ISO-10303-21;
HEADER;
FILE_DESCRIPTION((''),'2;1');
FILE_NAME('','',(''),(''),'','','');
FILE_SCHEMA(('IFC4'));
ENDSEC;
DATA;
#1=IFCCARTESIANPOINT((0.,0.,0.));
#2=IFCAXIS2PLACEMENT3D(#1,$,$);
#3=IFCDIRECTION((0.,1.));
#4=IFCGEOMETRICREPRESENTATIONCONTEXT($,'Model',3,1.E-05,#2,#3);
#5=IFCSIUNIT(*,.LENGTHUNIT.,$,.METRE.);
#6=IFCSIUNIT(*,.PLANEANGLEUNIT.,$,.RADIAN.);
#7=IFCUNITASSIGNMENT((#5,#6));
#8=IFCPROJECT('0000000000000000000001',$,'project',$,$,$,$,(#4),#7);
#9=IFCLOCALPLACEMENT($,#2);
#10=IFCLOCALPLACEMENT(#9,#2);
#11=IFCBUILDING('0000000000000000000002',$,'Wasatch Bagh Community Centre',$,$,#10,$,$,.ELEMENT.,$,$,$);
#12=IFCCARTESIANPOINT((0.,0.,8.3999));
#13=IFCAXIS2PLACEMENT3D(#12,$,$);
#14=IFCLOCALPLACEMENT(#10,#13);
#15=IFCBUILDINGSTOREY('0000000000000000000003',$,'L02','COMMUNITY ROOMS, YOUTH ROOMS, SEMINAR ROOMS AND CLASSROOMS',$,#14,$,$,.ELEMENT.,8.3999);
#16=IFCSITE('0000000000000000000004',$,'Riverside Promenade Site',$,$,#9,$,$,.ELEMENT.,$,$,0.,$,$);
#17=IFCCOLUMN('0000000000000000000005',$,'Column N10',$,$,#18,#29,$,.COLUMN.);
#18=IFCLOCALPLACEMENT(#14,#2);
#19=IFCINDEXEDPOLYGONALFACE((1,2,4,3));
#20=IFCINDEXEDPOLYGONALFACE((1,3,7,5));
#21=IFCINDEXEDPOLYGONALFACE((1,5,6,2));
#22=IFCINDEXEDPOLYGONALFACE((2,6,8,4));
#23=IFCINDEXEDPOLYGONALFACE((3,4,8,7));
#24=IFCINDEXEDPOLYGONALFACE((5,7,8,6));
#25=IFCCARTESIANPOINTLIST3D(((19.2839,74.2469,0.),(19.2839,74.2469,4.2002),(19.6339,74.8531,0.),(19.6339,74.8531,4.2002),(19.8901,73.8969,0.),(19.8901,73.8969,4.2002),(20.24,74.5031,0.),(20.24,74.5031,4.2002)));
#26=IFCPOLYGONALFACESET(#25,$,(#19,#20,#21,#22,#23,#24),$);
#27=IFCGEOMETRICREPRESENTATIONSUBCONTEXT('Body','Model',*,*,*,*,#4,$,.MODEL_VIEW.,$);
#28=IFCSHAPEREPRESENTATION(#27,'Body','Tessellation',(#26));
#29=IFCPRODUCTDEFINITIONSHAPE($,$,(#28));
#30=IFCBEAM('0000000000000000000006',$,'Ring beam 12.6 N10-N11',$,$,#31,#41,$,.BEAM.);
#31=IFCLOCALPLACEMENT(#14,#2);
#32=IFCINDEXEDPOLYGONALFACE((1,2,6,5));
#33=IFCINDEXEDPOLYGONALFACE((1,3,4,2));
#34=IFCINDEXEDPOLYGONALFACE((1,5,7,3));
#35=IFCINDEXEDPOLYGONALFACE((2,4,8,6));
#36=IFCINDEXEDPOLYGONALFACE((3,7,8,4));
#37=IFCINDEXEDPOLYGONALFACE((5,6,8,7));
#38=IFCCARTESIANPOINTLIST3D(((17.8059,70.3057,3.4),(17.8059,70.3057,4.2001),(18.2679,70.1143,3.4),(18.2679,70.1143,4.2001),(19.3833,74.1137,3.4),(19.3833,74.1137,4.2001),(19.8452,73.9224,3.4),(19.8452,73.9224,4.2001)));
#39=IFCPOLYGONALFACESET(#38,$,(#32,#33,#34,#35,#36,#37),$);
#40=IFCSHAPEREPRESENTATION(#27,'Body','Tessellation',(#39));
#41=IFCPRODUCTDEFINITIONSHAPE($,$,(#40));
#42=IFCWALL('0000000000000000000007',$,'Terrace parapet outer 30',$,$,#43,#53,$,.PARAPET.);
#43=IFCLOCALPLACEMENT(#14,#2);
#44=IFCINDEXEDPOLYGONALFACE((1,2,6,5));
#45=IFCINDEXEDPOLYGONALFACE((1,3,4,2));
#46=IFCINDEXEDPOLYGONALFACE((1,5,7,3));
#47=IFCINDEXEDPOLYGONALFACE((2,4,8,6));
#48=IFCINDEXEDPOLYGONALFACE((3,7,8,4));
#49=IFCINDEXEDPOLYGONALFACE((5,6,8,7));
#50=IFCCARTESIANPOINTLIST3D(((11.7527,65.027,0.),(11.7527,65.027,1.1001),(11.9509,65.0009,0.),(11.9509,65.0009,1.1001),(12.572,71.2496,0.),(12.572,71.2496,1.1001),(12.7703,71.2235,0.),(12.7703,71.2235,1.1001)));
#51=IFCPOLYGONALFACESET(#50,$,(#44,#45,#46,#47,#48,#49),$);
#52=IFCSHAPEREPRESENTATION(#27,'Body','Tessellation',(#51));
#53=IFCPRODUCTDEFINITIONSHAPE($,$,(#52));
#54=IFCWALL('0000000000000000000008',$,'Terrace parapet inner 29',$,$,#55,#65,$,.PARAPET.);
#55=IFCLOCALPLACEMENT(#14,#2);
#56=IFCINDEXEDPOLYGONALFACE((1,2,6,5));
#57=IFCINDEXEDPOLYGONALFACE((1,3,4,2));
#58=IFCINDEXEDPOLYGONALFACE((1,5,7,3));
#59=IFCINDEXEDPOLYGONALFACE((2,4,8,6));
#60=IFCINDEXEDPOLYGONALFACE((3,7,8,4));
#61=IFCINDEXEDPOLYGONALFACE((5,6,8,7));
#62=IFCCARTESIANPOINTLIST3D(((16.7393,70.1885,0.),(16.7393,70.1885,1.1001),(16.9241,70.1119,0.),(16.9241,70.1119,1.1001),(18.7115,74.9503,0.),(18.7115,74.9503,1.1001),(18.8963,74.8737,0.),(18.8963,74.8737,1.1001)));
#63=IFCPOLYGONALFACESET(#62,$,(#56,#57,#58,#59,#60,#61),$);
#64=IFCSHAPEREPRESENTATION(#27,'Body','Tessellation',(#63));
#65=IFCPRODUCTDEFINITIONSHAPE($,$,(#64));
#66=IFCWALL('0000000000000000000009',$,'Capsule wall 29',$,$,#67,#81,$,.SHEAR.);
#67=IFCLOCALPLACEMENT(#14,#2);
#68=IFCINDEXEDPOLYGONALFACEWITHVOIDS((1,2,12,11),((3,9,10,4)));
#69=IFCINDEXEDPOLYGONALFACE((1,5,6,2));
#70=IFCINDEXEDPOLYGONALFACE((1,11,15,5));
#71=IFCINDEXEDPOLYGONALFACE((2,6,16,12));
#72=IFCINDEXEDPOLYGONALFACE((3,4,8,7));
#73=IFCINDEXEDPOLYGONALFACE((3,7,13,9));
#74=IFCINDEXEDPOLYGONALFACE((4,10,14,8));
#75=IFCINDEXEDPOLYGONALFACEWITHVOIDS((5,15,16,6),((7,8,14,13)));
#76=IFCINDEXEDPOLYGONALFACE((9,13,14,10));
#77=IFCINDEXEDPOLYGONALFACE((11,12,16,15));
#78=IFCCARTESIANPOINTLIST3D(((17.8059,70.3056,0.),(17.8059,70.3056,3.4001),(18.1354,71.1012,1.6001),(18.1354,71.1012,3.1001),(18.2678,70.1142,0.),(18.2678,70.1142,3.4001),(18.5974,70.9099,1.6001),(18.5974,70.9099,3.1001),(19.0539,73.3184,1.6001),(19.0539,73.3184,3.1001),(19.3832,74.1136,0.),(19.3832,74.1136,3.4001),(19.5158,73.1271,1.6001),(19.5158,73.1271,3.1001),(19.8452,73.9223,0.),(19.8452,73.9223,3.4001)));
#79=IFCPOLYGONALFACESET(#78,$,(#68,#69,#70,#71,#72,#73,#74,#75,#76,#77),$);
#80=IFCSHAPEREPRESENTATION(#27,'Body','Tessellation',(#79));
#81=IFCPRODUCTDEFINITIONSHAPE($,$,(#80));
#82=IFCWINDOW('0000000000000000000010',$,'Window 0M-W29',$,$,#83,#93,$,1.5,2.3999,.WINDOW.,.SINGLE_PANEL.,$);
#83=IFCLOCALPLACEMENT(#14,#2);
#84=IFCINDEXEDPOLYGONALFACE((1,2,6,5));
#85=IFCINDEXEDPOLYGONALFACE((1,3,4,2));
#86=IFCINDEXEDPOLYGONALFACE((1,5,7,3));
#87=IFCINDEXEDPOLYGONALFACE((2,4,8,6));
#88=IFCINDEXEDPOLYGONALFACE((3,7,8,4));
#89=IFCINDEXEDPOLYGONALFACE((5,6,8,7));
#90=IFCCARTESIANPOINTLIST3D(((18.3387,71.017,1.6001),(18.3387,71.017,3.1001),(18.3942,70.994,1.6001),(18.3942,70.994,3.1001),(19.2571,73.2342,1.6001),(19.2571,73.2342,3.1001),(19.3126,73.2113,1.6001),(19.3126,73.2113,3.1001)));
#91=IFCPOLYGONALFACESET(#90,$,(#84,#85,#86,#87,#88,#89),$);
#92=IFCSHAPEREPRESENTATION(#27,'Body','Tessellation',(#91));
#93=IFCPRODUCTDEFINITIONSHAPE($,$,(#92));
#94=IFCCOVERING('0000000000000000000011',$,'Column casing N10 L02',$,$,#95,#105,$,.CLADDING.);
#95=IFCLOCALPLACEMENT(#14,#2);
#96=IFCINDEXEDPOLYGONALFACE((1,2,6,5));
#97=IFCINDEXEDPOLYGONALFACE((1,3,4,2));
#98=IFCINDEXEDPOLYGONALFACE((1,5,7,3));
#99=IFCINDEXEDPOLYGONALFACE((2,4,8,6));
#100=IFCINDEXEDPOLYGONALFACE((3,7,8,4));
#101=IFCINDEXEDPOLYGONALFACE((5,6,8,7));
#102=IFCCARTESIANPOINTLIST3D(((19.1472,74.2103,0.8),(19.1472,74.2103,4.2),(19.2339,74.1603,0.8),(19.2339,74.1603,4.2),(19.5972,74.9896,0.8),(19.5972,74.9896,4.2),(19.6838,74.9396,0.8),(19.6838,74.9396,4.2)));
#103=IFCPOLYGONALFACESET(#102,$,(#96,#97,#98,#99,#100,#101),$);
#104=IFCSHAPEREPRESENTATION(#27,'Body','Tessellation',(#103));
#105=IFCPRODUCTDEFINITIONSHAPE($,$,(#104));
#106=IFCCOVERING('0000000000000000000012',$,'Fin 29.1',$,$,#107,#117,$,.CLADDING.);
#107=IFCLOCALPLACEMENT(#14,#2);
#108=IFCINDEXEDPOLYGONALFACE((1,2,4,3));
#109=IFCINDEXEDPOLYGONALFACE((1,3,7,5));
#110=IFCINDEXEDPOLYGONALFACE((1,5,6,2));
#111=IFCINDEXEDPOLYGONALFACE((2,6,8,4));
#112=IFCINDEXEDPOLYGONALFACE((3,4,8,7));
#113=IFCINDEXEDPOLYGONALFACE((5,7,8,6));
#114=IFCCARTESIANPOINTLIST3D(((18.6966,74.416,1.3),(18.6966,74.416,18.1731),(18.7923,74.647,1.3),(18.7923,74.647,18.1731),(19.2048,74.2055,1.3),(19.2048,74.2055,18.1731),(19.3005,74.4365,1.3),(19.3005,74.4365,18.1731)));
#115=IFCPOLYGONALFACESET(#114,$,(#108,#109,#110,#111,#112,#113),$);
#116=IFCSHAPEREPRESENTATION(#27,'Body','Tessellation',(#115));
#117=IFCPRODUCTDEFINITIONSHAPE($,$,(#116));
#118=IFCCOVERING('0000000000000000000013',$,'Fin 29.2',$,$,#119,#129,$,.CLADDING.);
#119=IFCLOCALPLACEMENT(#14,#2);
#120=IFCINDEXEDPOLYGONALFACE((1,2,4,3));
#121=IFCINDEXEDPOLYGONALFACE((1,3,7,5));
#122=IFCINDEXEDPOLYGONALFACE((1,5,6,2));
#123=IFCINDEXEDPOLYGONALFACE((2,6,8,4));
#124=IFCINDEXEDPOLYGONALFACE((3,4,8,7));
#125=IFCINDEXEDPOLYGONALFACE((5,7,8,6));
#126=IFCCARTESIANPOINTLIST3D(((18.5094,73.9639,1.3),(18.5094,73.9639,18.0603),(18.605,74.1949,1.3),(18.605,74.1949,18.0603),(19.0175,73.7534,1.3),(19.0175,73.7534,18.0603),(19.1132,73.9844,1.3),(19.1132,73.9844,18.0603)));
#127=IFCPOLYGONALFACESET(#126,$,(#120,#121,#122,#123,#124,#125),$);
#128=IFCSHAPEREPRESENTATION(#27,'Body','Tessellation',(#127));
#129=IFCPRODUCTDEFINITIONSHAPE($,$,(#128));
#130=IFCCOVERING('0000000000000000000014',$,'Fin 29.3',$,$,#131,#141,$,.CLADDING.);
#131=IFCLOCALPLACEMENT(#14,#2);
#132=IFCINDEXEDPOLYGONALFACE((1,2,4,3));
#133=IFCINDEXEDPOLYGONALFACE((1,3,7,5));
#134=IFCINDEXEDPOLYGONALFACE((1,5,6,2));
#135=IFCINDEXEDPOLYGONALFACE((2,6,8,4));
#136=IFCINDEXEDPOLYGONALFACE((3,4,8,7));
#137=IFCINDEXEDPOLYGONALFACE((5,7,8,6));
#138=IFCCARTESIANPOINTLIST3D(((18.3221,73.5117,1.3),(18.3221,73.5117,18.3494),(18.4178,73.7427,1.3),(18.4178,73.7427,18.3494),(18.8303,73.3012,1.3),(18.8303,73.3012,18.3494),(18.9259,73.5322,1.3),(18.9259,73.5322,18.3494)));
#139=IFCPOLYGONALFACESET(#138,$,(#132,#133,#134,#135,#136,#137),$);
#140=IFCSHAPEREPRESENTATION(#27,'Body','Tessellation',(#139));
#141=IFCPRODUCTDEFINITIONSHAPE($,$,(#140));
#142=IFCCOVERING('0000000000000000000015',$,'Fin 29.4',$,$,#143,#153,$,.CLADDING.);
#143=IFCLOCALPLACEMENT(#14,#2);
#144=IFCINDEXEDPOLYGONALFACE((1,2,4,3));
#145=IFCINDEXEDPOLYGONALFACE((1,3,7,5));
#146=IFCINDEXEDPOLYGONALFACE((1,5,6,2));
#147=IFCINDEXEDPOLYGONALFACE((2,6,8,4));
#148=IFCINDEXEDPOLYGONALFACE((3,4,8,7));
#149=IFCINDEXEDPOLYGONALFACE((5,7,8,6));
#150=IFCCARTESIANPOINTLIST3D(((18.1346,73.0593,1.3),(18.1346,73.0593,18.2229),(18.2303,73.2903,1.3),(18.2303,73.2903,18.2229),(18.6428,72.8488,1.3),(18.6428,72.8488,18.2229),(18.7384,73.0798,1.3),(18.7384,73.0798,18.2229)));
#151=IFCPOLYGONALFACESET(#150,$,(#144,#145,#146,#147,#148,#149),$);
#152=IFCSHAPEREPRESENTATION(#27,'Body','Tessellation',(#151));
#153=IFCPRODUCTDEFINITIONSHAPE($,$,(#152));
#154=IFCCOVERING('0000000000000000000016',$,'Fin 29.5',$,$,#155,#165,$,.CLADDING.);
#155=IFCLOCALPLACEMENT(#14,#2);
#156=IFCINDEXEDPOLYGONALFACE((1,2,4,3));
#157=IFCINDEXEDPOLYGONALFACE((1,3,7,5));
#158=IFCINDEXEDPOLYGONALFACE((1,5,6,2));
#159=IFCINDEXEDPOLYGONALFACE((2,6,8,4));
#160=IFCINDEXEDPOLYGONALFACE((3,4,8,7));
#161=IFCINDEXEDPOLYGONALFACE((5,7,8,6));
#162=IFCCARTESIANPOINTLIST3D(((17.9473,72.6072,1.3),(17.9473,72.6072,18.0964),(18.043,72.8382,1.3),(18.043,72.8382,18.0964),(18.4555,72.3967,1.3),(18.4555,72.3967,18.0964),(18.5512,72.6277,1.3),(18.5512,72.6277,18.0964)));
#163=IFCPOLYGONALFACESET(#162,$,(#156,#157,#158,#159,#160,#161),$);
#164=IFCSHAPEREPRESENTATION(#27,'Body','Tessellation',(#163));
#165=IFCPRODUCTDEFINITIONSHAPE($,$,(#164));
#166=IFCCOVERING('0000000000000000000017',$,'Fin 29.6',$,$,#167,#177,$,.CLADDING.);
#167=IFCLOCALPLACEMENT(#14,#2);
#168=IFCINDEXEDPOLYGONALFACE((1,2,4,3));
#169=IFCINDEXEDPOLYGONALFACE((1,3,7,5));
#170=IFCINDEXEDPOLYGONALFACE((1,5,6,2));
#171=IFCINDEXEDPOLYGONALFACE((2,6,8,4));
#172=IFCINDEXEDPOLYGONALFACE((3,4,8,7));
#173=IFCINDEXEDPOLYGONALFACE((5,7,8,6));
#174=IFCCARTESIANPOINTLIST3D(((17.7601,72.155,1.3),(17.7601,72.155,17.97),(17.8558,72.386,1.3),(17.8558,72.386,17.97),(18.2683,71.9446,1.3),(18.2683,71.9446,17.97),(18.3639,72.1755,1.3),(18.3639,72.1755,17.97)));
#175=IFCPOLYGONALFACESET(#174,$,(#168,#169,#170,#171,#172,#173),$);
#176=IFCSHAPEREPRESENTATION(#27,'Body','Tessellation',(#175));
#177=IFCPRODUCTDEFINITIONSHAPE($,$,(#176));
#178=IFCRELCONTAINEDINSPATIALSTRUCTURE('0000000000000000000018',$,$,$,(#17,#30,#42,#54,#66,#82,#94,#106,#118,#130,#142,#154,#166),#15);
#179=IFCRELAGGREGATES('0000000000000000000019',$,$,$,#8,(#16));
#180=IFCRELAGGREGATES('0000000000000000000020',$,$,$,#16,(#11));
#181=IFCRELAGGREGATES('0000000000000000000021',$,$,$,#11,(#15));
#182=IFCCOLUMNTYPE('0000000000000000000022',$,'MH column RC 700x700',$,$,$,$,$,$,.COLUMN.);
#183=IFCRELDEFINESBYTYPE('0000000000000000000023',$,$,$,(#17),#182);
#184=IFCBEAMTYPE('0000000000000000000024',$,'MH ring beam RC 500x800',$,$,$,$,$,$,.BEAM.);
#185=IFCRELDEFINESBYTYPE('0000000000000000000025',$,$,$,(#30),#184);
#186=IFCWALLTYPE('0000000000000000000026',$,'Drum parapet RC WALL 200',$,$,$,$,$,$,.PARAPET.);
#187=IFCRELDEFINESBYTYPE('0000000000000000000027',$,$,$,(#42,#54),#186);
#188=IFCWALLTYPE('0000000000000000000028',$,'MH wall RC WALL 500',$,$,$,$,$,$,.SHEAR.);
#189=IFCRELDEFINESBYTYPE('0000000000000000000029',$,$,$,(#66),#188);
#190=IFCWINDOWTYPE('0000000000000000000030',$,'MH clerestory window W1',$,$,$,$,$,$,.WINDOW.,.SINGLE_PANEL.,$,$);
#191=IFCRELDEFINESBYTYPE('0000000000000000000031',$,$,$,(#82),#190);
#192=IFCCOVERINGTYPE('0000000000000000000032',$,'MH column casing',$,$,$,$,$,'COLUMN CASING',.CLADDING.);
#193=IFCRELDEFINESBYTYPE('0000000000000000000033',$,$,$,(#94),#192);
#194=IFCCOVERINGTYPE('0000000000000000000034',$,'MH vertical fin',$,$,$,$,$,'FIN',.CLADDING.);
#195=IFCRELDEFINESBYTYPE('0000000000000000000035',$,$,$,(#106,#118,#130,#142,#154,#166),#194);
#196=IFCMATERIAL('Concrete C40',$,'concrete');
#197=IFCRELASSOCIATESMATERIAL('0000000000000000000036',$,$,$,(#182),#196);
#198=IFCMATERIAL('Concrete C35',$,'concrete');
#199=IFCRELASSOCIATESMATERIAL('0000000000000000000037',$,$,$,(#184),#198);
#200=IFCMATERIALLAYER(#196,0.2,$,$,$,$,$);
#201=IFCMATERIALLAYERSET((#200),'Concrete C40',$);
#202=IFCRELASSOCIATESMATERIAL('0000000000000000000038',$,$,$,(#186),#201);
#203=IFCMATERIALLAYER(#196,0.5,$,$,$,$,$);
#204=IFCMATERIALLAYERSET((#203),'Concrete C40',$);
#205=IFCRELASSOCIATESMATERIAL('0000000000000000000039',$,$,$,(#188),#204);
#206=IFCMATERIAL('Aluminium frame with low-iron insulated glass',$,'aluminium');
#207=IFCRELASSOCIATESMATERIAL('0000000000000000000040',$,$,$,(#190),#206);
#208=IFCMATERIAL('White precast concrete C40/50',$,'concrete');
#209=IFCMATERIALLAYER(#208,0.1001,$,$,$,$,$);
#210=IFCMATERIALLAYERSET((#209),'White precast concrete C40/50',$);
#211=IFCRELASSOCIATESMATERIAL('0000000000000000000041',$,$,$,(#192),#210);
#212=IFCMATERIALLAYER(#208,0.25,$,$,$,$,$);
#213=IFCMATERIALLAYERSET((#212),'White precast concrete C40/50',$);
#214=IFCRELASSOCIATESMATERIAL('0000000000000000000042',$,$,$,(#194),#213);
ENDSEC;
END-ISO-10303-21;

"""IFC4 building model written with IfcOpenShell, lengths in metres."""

from ifc_helpers import new_model, si_unit, direction, frame, frame_2d, origin, origin_2d, place, context, subcontext, project, spatial, rectangle, extrude, material, layer, layer_set, material_profile, profile_set, type_object, element, fill, save


model = new_model("IFC4")

# Units and contexts
model_context = context("Model", 3, precision=1e-05, world=origin(), true_north=direction((0.0, 1.0)))
body_context = subcontext(model_context, "Body", "Model", "MODEL_VIEW")
ifc_project = project(units=[si_unit("LENGTHUNIT", "METRE"), si_unit("PLANEANGLEUNIT", "RADIAN")], contexts=[model_context])

# Site, building, storey
site_placement = place(None, origin())
site = spatial("IfcSite", under=ifc_project, at=site_placement, Name="Riverside Promenade Site", CompositionType="ELEMENT", RefElevation=0.0)
building_placement = place(site_placement, origin())
building = spatial("IfcBuilding", under=site, at=building_placement, Name="Wasatch Bagh Community Centre", CompositionType="ELEMENT")
storey_placement = place(building_placement, frame((0.0, 0.0, 8.3999)))
storey = spatial("IfcBuildingStorey", under=building, at=storey_placement, Name="L02", Description="COMMUNITY ROOMS, YOUTH ROOMS, SEMINAR ROOMS AND CLASSROOMS", CompositionType="ELEMENT", Elevation=8.3999)

# Column
ifc_material_1 = material(Name="Concrete C40", Category="concrete")
ifc_material_profile_1 = material_profile(ifc_material_1, rectangle(XDim=0.7, YDim=0.7, at=origin_2d()), Name="RC 700x700")
ifc_profile_set_1 = profile_set([ifc_material_profile_1], Name="Concrete C40")
column_type = type_object("IfcColumnType", Name="MH column RC 700x700", PredefinedType="COLUMN", material=ifc_profile_set_1)
column_placement = place(storey_placement, frame((19.762, 74.375, 0.0), z_axis=(0.0, 0.0, 1.0), x_axis=(0.5, 0.866025, 0.0)))
element("IfcColumn", 1, at=column_placement, inside=storey, type_object=column_type, Name="Column N10", PredefinedType="COLUMN", context=body_context, shape_type="SweptSolid", body=[
    extrude(rectangle(XDim=0.7, YDim=0.7, at=origin_2d()), origin(), (0.0, 0.0, 1.0), 4.2002),
])

# Beam
ifc_material_2 = material(Name="Concrete C35", Category="concrete")
ifc_material_profile_2 = material_profile(ifc_material_2, rectangle(XDim=0.5, YDim=0.8, at=origin_2d()), Name="RC 500x800")
ifc_profile_set_2 = profile_set([ifc_material_profile_2], Name="Concrete C35")
beam_type = type_object("IfcBeamType", Name="MH ring beam RC 500x800", PredefinedType="BEAM", material=ifc_profile_set_2)
beam_placement = place(storey_placement, frame((19.6143, 74.0181, 3.8), z_axis=(-0.382688, -0.923878, 0.0), x_axis=(0.923878, -0.382688, 0.0)))
element("IfcBeam", 2, at=beam_placement, inside=storey, type_object=beam_type, Name="Ring beam 12.6 N10-N11", PredefinedType="BEAM", context=body_context, shape_type="SweptSolid", body=[
    extrude(rectangle(XDim=0.5, YDim=0.8, at=origin_2d()), origin(), (0.0, 0.0, 1.0), 4.1218),
])

# Walls
ifc_layer_1 = layer(ifc_material_1, 0.2)
ifc_layer_set_1 = layer_set([ifc_layer_1], Name="Concrete C40")
wall_type_1 = type_object("IfcWallType", Name="Drum parapet RC WALL 200", PredefinedType="PARAPET", material=ifc_layer_set_1)
wall_1_placement = place(storey_placement, frame((12.6711, 71.2366, 0.0), z_axis=(0.0, 0.0, 1.0), x_axis=(-0.130543, -0.991443, 0.0)))
element("IfcWall", 3, at=wall_1_placement, inside=storey, type_object=wall_type_1, Name="Terrace parapet outer 30", PredefinedType="PARAPET", context=body_context, shape_type="SweptSolid", body=[
    extrude(rectangle(XDim=6.2764, YDim=0.2, at=frame_2d((3.1382, 0.0))), origin(), (0.0, 0.0, 1.0), 1.1001),
])
wall_2_placement = place(storey_placement, frame((18.804, 74.9121, 0.0), z_axis=(0.0, 0.0, 1.0), x_axis=(-0.38265, -0.923893, 0.0)))
element("IfcWall", 4, at=wall_2_placement, inside=storey, type_object=wall_type_1, Name="Terrace parapet inner 29", PredefinedType="PARAPET", context=body_context, shape_type="SweptSolid", body=[
    extrude(rectangle(XDim=5.1541, YDim=0.2, at=frame_2d((2.5771, 0.0))), origin(), (0.0, 0.0, 1.0), 1.1001),
])

# Wall, opening, window
ifc_layer_2 = layer(ifc_material_1, 0.5)
ifc_layer_set_2 = layer_set([ifc_layer_2], Name="Concrete C40")
wall_type_2 = type_object("IfcWallType", Name="MH wall RC WALL 500", PredefinedType="SHEAR", material=ifc_layer_set_2)
wall_3_placement = place(storey_placement, frame((19.6143, 74.0181, 0.0), z_axis=(0.0, 0.0, 1.0), x_axis=(-0.382688, -0.923878, 0.0)))
wall_3 = element("IfcWall", 5, at=wall_3_placement, inside=storey, type_object=wall_type_2, Name="Capsule wall 29", PredefinedType="SHEAR", context=body_context, shape_type="SweptSolid", body=[
    extrude(rectangle(XDim=4.1218, YDim=0.5, at=frame_2d((2.061, 0.0))), origin(), (0.0, 0.0, 1.0), 3.4001),
])
opening_placement = place(wall_3_placement, frame((0.8608, 0.0, 1.6001)))
opening = element("IfcOpeningElement", 6, at=opening_placement, cuts=wall_3, PredefinedType="OPENING", context=body_context, shape_type="SweptSolid", body=[
    extrude(rectangle(XDim=2.3999, YDim=1.5, at=frame_2d((1.2, 0.75))), frame((0.0, 0.26, 0.0), z_axis=(0.0, -1.0, 0.0), x_axis=(1.0, 0.0, 0.0)), (0.0, 0.0, 1.0), 0.52),
])
ifc_material_3 = material(Name="Aluminium frame with low-iron insulated glass", Category="aluminium")
window_type = type_object("IfcWindowType", Name="MH clerestory window W1", PartitioningType="SINGLE_PANEL", PredefinedType="WINDOW", material=ifc_material_3)
window_placement = place(opening_placement, origin())
window = element("IfcWindow", 7, at=window_placement, inside=storey, type_object=window_type, Name="Window 0M-W29", OverallHeight=1.5, OverallWidth=2.3999, PartitioningType="SINGLE_PANEL", PredefinedType="WINDOW", context=body_context, shape_type="SweptSolid", body=[
    extrude(rectangle(XDim=2.3999, YDim=1.5, at=frame_2d((1.2, 0.75))), frame((0.0, 0.03, 0.0), z_axis=(0.0, -1.0, 0.0), x_axis=(1.0, 0.0, 0.0)), (0.0, 0.0, 1.0), 0.0601),
])
fill(opening, window)

# Coverings
ifc_material_4 = material(Name="White precast concrete C40/50", Category="concrete")
ifc_layer_3 = layer(ifc_material_4, 0.1001)
ifc_layer_set_3 = layer_set([ifc_layer_3], Name="White precast concrete C40/50")
covering_type_1 = type_object("IfcCoveringType", Name="MH column casing", ElementType="COLUMN CASING", PredefinedType="CLADDING", material=ifc_layer_set_3)
covering_1_placement = place(storey_placement, frame((19.4155, 74.575, 0.8), z_axis=(0.0, 0.0, 1.0), x_axis=(-0.5, -0.866025, 0.0)))
element("IfcCovering", 8, at=covering_1_placement, inside=storey, type_object=covering_type_1, Name="Column casing N10 L02", PredefinedType="CLADDING", context=body_context, shape_type="SweptSolid", body=[
    extrude(rectangle(XDim=0.8999, YDim=0.1001, at=origin_2d()), origin(), (0.0, 0.0, 1.0), 3.3999),
])
ifc_layer_4 = layer(ifc_material_4, 0.25)
ifc_layer_set_4 = layer_set([ifc_layer_4], Name="White precast concrete C40/50")
covering_type_2 = type_object("IfcCoveringType", Name="MH vertical fin", ElementType="FIN", PredefinedType="CLADDING", material=ifc_layer_set_4)
covering_2_placement = place(storey_placement, frame((18.9985, 74.4263, 1.3), z_axis=(0.0, 0.0, 1.0), x_axis=(-0.382683, -0.92388, 0.0)))
element("IfcCovering", 9, at=covering_2_placement, inside=storey, type_object=covering_type_2, Name="Fin 29.1", PredefinedType="CLADDING", context=body_context, shape_type="SweptSolid", body=[
    extrude(rectangle(XDim=0.25, YDim=0.55, at=origin_2d()), origin(), (0.0, 0.0, 1.0), 16.873),
])
covering_3_placement = place(storey_placement, frame((18.8113, 73.9741, 1.3), z_axis=(0.0, 0.0, 1.0), x_axis=(-0.382683, -0.92388, 0.0)))
element("IfcCovering", 10, at=covering_3_placement, inside=storey, type_object=covering_type_2, Name="Fin 29.2", PredefinedType="CLADDING", context=body_context, shape_type="SweptSolid", body=[
    extrude(rectangle(XDim=0.25, YDim=0.55, at=origin_2d()), origin(), (0.0, 0.0, 1.0), 16.7603),
])
covering_4_placement = place(storey_placement, frame((18.624, 73.522, 1.3), z_axis=(0.0, 0.0, 1.0), x_axis=(-0.382683, -0.92388, 0.0)))
element("IfcCovering", 11, at=covering_4_placement, inside=storey, type_object=covering_type_2, Name="Fin 29.3", PredefinedType="CLADDING", context=body_context, shape_type="SweptSolid", body=[
    extrude(rectangle(XDim=0.25, YDim=0.55, at=origin_2d()), origin(), (0.0, 0.0, 1.0), 17.0493),
])
covering_5_placement = place(storey_placement, frame((18.4365, 73.0696, 1.3), z_axis=(0.0, 0.0, 1.0), x_axis=(-0.382683, -0.92388, 0.0)))
element("IfcCovering", 12, at=covering_5_placement, inside=storey, type_object=covering_type_2, Name="Fin 29.4", PredefinedType="CLADDING", context=body_context, shape_type="SweptSolid", body=[
    extrude(rectangle(XDim=0.25, YDim=0.55, at=origin_2d()), origin(), (0.0, 0.0, 1.0), 16.9229),
])
covering_6_placement = place(storey_placement, frame((18.2493, 72.6174, 1.3), z_axis=(0.0, 0.0, 1.0), x_axis=(-0.382683, -0.92388, 0.0)))
element("IfcCovering", 13, at=covering_6_placement, inside=storey, type_object=covering_type_2, Name="Fin 29.5", PredefinedType="CLADDING", context=body_context, shape_type="SweptSolid", body=[
    extrude(rectangle(XDim=0.25, YDim=0.55, at=origin_2d()), origin(), (0.0, 0.0, 1.0), 16.7964),
])
covering_7_placement = place(storey_placement, frame((18.062, 72.1653, 1.3), z_axis=(0.0, 0.0, 1.0), x_axis=(-0.382683, -0.92388, 0.0)))
element("IfcCovering", 14, at=covering_7_placement, inside=storey, type_object=covering_type_2, Name="Fin 29.6", PredefinedType="CLADDING", context=body_context, shape_type="SweptSolid", body=[
    extrude(rectangle(XDim=0.25, YDim=0.55, at=origin_2d()), origin(), (0.0, 0.0, 1.0), 16.6699),
])

save(model, "model.ifc")
